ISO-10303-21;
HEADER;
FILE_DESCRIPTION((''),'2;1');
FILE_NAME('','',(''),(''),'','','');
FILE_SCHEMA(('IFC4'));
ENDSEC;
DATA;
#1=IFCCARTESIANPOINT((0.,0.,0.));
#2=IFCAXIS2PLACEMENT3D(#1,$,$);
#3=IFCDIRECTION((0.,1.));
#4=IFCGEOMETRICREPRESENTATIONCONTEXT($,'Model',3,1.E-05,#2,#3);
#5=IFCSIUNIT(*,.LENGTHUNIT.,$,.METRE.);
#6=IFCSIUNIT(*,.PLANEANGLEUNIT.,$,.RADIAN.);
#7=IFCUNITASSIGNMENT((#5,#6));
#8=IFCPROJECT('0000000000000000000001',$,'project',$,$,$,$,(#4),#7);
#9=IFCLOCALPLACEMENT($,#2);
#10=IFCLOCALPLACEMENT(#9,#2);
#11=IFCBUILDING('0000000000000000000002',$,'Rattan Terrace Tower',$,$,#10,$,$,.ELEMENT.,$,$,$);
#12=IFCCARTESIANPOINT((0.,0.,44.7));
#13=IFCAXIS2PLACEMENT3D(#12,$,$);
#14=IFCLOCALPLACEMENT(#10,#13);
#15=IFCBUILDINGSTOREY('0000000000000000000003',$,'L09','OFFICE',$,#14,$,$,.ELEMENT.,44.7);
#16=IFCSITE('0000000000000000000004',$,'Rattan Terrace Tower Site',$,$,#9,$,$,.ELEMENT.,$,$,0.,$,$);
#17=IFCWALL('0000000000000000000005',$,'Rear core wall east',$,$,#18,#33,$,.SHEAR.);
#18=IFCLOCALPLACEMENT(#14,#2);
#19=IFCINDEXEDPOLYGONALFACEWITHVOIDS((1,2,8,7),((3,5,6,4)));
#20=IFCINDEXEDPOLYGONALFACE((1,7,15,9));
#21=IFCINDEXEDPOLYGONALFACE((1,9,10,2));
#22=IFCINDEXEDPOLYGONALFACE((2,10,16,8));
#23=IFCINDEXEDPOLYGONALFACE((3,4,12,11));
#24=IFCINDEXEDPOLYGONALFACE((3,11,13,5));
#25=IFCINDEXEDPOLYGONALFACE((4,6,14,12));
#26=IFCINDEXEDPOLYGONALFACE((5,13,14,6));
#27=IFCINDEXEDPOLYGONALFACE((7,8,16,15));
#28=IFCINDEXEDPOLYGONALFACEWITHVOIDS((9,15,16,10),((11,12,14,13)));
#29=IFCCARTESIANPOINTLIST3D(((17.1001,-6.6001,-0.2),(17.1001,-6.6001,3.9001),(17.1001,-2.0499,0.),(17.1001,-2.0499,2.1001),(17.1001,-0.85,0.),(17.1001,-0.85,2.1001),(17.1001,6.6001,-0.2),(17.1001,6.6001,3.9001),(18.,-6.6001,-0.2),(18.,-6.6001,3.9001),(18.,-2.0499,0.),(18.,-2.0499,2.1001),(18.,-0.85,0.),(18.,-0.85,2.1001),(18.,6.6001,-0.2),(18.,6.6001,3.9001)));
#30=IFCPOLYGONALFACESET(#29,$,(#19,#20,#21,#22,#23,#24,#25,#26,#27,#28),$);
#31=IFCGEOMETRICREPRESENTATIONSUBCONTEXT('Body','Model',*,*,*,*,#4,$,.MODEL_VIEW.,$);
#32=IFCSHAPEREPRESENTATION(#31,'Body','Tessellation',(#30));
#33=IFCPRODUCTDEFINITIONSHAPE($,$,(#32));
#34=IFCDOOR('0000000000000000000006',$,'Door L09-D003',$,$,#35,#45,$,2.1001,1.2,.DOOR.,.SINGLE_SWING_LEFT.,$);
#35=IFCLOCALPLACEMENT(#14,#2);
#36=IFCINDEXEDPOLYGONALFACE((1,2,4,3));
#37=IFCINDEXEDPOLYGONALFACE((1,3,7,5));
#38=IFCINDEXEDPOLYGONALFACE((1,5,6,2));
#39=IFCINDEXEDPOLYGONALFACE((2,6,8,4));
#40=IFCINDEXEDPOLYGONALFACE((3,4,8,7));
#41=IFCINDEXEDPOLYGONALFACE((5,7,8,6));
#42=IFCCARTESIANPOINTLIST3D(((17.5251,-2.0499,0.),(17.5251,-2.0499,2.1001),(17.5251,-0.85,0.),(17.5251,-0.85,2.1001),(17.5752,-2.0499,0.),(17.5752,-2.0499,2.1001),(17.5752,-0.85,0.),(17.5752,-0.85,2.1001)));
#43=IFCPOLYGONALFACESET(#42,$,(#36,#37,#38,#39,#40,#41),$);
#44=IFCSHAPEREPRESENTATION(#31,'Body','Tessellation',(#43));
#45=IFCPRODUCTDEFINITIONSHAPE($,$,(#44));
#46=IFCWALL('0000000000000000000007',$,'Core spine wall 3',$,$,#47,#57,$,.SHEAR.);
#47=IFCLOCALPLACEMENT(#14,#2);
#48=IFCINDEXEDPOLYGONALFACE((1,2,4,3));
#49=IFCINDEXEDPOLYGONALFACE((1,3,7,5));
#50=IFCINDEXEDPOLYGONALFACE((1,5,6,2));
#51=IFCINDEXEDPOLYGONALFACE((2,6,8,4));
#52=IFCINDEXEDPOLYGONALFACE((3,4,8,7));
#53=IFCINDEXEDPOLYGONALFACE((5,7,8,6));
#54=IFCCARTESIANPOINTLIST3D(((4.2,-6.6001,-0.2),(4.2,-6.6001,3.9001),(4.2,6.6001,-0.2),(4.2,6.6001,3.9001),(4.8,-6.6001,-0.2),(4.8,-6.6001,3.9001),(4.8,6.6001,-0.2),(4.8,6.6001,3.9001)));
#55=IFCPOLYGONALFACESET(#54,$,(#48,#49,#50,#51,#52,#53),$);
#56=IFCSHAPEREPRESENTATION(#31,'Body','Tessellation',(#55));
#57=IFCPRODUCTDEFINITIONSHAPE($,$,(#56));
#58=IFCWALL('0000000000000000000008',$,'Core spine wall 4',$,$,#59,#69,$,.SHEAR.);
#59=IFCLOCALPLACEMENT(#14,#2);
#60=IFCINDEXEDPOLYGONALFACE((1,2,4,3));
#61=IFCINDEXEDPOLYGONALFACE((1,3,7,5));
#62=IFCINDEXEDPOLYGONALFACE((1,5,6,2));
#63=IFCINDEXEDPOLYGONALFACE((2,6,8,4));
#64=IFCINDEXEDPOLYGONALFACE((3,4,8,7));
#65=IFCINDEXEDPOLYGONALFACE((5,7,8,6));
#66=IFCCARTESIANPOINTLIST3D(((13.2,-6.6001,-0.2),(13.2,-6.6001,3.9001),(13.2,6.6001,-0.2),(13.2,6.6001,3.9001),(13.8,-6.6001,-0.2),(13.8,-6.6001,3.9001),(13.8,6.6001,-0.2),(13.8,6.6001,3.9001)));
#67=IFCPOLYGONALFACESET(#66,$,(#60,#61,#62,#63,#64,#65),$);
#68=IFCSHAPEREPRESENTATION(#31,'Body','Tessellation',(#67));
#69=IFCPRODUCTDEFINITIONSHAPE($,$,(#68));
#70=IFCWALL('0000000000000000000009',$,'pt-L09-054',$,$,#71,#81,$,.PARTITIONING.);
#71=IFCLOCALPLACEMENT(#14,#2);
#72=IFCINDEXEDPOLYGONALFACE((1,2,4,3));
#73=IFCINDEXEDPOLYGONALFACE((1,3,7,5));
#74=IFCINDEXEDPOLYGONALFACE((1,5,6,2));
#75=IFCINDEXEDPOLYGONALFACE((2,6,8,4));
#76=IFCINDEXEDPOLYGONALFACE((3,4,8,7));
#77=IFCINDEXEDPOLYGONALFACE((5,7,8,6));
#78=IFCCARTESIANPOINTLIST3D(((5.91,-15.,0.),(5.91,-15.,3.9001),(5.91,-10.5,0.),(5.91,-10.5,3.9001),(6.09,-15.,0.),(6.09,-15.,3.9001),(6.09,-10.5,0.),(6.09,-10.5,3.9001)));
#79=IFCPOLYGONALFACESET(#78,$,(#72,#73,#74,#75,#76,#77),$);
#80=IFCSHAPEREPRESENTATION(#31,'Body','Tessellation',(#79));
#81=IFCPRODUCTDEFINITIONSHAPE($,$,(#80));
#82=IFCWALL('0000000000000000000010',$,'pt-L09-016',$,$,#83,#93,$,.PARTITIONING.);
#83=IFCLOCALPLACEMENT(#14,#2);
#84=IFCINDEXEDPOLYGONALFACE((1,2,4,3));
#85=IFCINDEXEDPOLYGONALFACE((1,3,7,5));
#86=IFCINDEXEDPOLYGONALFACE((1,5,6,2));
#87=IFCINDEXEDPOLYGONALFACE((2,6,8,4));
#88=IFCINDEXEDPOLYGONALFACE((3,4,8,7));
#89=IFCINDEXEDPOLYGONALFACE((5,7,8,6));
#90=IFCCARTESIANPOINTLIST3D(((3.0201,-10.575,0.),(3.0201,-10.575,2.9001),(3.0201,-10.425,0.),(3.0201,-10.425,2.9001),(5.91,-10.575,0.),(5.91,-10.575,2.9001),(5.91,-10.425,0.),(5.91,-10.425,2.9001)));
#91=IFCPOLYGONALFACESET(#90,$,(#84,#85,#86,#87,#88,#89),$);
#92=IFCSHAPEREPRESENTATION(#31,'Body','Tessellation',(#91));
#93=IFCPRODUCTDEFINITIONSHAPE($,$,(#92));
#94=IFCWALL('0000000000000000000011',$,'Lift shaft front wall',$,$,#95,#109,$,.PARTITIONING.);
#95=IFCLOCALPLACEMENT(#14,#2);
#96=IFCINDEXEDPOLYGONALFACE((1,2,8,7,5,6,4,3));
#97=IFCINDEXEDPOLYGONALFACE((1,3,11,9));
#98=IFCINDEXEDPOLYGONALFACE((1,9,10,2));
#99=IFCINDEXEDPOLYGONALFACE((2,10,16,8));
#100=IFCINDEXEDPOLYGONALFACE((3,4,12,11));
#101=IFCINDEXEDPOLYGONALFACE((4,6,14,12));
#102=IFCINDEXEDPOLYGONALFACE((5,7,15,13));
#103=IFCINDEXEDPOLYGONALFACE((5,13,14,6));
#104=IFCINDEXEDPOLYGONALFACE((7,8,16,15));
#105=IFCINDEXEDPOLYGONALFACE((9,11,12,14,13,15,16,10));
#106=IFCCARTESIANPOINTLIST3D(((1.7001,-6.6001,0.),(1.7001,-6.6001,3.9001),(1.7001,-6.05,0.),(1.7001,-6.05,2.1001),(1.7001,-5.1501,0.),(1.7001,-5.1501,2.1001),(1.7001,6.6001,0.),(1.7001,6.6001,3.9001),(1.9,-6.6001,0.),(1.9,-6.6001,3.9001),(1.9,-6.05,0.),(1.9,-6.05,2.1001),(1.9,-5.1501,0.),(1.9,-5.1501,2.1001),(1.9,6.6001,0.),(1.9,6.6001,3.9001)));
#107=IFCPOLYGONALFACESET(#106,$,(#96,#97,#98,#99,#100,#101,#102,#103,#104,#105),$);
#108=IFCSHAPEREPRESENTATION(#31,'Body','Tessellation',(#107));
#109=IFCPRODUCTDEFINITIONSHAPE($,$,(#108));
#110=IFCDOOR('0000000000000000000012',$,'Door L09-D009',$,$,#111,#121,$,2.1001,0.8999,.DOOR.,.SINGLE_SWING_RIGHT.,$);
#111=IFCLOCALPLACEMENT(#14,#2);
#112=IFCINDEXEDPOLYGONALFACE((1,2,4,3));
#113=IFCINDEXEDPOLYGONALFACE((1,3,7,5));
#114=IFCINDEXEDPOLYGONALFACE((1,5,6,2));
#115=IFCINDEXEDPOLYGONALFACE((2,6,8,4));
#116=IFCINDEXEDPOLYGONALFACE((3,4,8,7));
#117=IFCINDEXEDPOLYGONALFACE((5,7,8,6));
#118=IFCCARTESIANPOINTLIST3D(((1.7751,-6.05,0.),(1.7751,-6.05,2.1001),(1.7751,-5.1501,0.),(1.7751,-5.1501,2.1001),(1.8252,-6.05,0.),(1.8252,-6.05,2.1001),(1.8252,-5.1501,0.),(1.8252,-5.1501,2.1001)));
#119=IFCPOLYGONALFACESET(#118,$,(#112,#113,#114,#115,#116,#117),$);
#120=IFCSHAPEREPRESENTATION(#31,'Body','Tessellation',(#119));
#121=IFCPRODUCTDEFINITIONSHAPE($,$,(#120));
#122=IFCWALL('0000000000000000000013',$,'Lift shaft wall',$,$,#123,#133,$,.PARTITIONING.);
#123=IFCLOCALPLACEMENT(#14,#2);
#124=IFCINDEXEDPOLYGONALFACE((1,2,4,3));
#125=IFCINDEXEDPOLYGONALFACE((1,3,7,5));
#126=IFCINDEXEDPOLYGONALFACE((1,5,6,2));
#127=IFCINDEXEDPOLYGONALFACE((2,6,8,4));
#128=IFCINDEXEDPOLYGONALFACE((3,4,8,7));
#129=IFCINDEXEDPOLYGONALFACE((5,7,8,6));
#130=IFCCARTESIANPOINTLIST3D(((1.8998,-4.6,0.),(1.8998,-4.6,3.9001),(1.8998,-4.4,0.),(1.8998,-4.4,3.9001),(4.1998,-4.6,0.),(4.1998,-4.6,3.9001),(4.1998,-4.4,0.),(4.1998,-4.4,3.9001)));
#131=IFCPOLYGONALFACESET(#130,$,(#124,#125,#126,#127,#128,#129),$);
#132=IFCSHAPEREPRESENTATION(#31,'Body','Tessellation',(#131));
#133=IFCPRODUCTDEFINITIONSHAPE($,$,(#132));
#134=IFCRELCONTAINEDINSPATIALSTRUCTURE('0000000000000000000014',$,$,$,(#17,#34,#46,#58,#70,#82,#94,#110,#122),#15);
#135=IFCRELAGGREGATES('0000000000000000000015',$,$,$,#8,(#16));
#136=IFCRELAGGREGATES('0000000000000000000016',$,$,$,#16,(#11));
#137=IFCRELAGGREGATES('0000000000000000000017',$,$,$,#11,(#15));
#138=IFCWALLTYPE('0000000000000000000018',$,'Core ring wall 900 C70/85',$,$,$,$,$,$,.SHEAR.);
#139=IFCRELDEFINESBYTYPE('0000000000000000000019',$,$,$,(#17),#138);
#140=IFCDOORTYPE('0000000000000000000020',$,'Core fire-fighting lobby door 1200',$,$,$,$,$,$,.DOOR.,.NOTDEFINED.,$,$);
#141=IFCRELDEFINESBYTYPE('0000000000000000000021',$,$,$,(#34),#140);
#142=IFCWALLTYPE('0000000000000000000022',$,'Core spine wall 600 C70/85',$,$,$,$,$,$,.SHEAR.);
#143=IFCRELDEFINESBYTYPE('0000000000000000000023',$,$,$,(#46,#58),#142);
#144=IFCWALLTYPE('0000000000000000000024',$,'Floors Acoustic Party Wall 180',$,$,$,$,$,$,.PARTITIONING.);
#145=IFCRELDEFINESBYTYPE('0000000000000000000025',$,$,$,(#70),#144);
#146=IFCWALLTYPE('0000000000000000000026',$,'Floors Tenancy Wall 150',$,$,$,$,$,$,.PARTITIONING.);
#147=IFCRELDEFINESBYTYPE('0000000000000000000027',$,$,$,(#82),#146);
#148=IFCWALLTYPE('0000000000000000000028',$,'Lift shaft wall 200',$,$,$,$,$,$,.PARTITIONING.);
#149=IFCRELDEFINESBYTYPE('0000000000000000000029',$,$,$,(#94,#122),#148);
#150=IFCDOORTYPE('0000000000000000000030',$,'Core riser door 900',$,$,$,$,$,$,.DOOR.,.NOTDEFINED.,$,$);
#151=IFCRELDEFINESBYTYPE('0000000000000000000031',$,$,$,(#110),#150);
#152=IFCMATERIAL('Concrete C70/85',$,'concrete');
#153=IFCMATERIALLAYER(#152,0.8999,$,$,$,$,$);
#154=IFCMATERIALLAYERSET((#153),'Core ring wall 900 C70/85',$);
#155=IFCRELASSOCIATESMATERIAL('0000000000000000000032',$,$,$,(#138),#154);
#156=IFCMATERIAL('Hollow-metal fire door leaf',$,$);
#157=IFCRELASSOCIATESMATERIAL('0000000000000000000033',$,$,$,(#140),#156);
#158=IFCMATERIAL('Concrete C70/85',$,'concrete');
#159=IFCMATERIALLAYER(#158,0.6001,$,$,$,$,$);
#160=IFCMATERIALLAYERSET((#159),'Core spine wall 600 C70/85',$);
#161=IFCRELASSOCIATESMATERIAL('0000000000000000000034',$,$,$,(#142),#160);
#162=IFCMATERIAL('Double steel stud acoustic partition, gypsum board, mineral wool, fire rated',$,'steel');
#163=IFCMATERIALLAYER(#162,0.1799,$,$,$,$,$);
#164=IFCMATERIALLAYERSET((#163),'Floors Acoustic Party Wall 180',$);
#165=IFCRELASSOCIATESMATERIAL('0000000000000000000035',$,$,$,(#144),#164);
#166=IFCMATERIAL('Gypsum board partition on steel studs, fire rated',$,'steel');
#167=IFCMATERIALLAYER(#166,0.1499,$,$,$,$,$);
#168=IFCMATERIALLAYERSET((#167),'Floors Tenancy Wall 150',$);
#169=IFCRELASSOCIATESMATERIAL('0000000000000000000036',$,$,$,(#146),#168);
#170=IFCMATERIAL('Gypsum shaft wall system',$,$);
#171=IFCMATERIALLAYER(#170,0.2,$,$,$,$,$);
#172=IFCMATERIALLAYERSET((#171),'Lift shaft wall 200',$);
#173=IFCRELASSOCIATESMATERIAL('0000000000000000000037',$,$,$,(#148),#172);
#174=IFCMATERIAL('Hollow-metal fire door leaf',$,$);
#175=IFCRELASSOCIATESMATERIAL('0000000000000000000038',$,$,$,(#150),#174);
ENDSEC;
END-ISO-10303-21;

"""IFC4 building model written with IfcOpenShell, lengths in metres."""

from ifc_helpers import new_model, si_unit, direction, frame, frame_2d, origin, place, context, subcontext, project, spatial, rectangle, extrude, material, layer, layer_set, type_object, element, fill, save


model = new_model("IFC4")

# Units and contexts
model_context = context("Model", 3, precision=1e-05, world=origin(), true_north=direction((0.0, 1.0)))
body_context = subcontext(model_context, "Body", "Model", "MODEL_VIEW")
ifc_project = project(units=[si_unit("LENGTHUNIT", "METRE"), si_unit("PLANEANGLEUNIT", "RADIAN")], contexts=[model_context])

# Site, building, storey
site_placement = place(None, origin())
site = spatial("IfcSite", under=ifc_project, at=site_placement, Name="Rattan Terrace Tower Site", CompositionType="ELEMENT", RefElevation=0.0)
building_placement = place(site_placement, origin())
building = spatial("IfcBuilding", under=site, at=building_placement, Name="Rattan Terrace Tower", CompositionType="ELEMENT")
storey_placement = place(building_placement, frame((0.0, 0.0, 44.7)))
storey = spatial("IfcBuildingStorey", under=building, at=storey_placement, Name="L09", Description="OFFICE", CompositionType="ELEMENT", Elevation=44.7)

# Wall, opening, door
ifc_material_1 = material(Name="Concrete C70/85", Category="concrete")
ifc_layer_1 = layer(ifc_material_1, 0.8999)
ifc_layer_set_1 = layer_set([ifc_layer_1], Name="Core ring wall 900 C70/85")
wall_type_1 = type_object("IfcWallType", Name="Core ring wall 900 C70/85", PredefinedType="SHEAR", material=ifc_layer_set_1)
wall_1_placement = place(storey_placement, frame((17.55, -6.6001, -0.2), z_axis=(0.0, 0.0, 1.0), x_axis=(0.0, 1.0, 0.0)))
wall_1 = element("IfcWall", 1, at=wall_1_placement, inside=storey, type_object=wall_type_1, Name="Rear core wall east", PredefinedType="SHEAR", context=body_context, shape_type="SweptSolid", body=[
    extrude(rectangle(XDim=13.2002, YDim=0.8999, at=frame_2d((6.6001, 0.0))), origin(), (0.0, 0.0, 1.0), 4.1001),
])
opening_1_placement = place(wall_1_placement, frame((4.55, 0.0, 0.2)))
opening_1 = element("IfcOpeningElement", 2, at=opening_1_placement, cuts=wall_1, PredefinedType="OPENING", context=body_context, shape_type="SweptSolid", body=[
    extrude(rectangle(XDim=1.2, YDim=2.1001, at=frame_2d((0.6001, 1.05))), frame((0.0, 0.4604, 0.0), z_axis=(0.0, -1.0, 0.0), x_axis=(1.0, 0.0, 0.0)), (0.0, 0.0, 1.0), 0.9209),
])
ifc_material_2 = material(Name="Hollow-metal fire door leaf")
door_type_1 = type_object("IfcDoorType", Name="Core fire-fighting lobby door 1200", OperationType="NOTDEFINED", PredefinedType="DOOR", material=ifc_material_2)
door_1_placement = place(opening_1_placement, origin())
door_1 = element("IfcDoor", 3, at=door_1_placement, inside=storey, type_object=door_type_1, Name="Door L09-D003", OperationType="SINGLE_SWING_LEFT", OverallHeight=2.1001, OverallWidth=1.2, PredefinedType="DOOR", context=body_context, shape_type="SweptSolid", body=[
    extrude(rectangle(XDim=1.2, YDim=2.1001, at=frame_2d((0.6001, 1.05))), frame((0.0, 0.0249, 0.0), z_axis=(0.0, -1.0, 0.0), x_axis=(1.0, 0.0, 0.0)), (0.0, 0.0, 1.0), 0.05),
])
fill(opening_1, door_1)

# Walls
ifc_material_3 = material(Name="Concrete C70/85", Category="concrete")
ifc_layer_2 = layer(ifc_material_3, 0.6001)
ifc_layer_set_2 = layer_set([ifc_layer_2], Name="Core spine wall 600 C70/85")
wall_type_2 = type_object("IfcWallType", Name="Core spine wall 600 C70/85", PredefinedType="SHEAR", material=ifc_layer_set_2)
for number, where, z_axis, x_axis, name in (
    (4, (4.5, -6.6001, -0.2), (0.0, 0.0, 1.0), (0.0, 1.0, 0.0), "Core spine wall 3"),
    (5, (13.5, -6.6001, -0.2), (0.0, 0.0, 1.0), (0.0, 1.0, 0.0), "Core spine wall 4"),
):
    element("IfcWall", number, at=place(storey_placement, frame(where, z_axis=z_axis, x_axis=x_axis)), inside=storey, type_object=wall_type_2, Name=name, PredefinedType="SHEAR", context=body_context, shape_type="SweptSolid", body=[
        extrude(rectangle(XDim=13.2002, YDim=0.6001, at=frame_2d((6.6001, 0.0))), origin(), (0.0, 0.0, 1.0), 4.1001),
    ])
ifc_material_4 = material(Name="Double steel stud acoustic partition, gypsum board, mineral wool, fire rated", Category="steel")
ifc_layer_3 = layer(ifc_material_4, 0.1799)
ifc_layer_set_3 = layer_set([ifc_layer_3], Name="Floors Acoustic Party Wall 180")
wall_type_3 = type_object("IfcWallType", Name="Floors Acoustic Party Wall 180", PredefinedType="PARTITIONING", material=ifc_layer_set_3)
wall_2_placement = place(storey_placement, frame((6.0, -10.5, 0.0), z_axis=(0.0, 0.0, 1.0), x_axis=(0.0, -1.0, 0.0)))
element("IfcWall", 6, at=wall_2_placement, inside=storey, type_object=wall_type_3, Name="pt-L09-054", PredefinedType="PARTITIONING", context=body_context, shape_type="SweptSolid", body=[
    extrude(rectangle(XDim=4.5, YDim=0.1799, at=frame_2d((2.25, 0.0))), origin(), (0.0, 0.0, 1.0), 3.9001),
])
ifc_material_5 = material(Name="Gypsum board partition on steel studs, fire rated", Category="steel")
ifc_layer_4 = layer(ifc_material_5, 0.1499)
ifc_layer_set_4 = layer_set([ifc_layer_4], Name="Floors Tenancy Wall 150")
wall_type_4 = type_object("IfcWallType", Name="Floors Tenancy Wall 150", PredefinedType="PARTITIONING", material=ifc_layer_set_4)
wall_3_placement = place(storey_placement, frame((5.9099, -10.5, 0.0), z_axis=(0.0, 0.0, 1.0), x_axis=(-1.0, 0.0, 0.0)))
element("IfcWall", 7, at=wall_3_placement, inside=storey, type_object=wall_type_4, Name="pt-L09-016", PredefinedType="PARTITIONING", context=body_context, shape_type="SweptSolid", body=[
    extrude(rectangle(XDim=2.8899, YDim=0.1499, at=frame_2d((1.4448, 0.0))), origin(), (0.0, 0.0, 1.0), 2.9001),
])

# Wall, opening, door
ifc_material_6 = material(Name="Gypsum shaft wall system")
ifc_layer_5 = layer(ifc_material_6, 0.2)
ifc_layer_set_5 = layer_set([ifc_layer_5], Name="Lift shaft wall 200")
wall_type_5 = type_object("IfcWallType", Name="Lift shaft wall 200", PredefinedType="PARTITIONING", material=ifc_layer_set_5)
wall_4_placement = place(storey_placement, frame((1.8, -6.6001, 0.0), z_axis=(0.0, 0.0, 1.0), x_axis=(0.0, 1.0, 0.0)))
wall_4 = element("IfcWall", 8, at=wall_4_placement, inside=storey, type_object=wall_type_5, Name="Lift shaft front wall", PredefinedType="PARTITIONING", context=body_context, shape_type="SweptSolid", body=[
    extrude(rectangle(XDim=13.2002, YDim=0.2, at=frame_2d((6.6001, 0.0))), origin(), (0.0, 0.0, 1.0), 3.9001),
])
opening_2_placement = place(wall_4_placement, frame((0.55, 0.0, 0.0)))
opening_2 = element("IfcOpeningElement", 9, at=opening_2_placement, cuts=wall_4, PredefinedType="OPENING", context=body_context, shape_type="SweptSolid", body=[
    extrude(rectangle(XDim=0.8999, YDim=2.1001, at=frame_2d((0.45, 1.05))), frame((0.0, 0.1106, 0.0), z_axis=(0.0, -1.0, 0.0), x_axis=(1.0, 0.0, 0.0)), (0.0, 0.0, 1.0), 0.2209),
])
ifc_material_7 = material(Name="Hollow-metal fire door leaf")
door_type_2 = type_object("IfcDoorType", Name="Core riser door 900", OperationType="NOTDEFINED", PredefinedType="DOOR", material=ifc_material_7)
door_2_placement = place(opening_2_placement, origin())
door_2 = element("IfcDoor", 10, at=door_2_placement, inside=storey, type_object=door_type_2, Name="Door L09-D009", OperationType="SINGLE_SWING_RIGHT", OverallHeight=2.1001, OverallWidth=0.8999, PredefinedType="DOOR", context=body_context, shape_type="SweptSolid", body=[
    extrude(rectangle(XDim=0.8999, YDim=2.1001, at=frame_2d((0.45, 1.05))), frame((0.0, 0.0249, 0.0), z_axis=(0.0, -1.0, 0.0), x_axis=(1.0, 0.0, 0.0)), (0.0, 0.0, 1.0), 0.05),
])
fill(opening_2, door_2)

# Wall
wall_5_placement = place(storey_placement, frame((1.8999, -4.5, 0.0), z_axis=(0.0, 0.0, 1.0), x_axis=(1.0, 0.0, 0.0)))
element("IfcWall", 11, at=wall_5_placement, inside=storey, type_object=wall_type_5, Name="Lift shaft wall", PredefinedType="PARTITIONING", context=body_context, shape_type="SweptSolid", body=[
    extrude(rectangle(XDim=2.3, YDim=0.2, at=frame_2d((1.1499, 0.0))), origin(), (0.0, 0.0, 1.0), 3.9001),
])

save(model, "model.ifc")
